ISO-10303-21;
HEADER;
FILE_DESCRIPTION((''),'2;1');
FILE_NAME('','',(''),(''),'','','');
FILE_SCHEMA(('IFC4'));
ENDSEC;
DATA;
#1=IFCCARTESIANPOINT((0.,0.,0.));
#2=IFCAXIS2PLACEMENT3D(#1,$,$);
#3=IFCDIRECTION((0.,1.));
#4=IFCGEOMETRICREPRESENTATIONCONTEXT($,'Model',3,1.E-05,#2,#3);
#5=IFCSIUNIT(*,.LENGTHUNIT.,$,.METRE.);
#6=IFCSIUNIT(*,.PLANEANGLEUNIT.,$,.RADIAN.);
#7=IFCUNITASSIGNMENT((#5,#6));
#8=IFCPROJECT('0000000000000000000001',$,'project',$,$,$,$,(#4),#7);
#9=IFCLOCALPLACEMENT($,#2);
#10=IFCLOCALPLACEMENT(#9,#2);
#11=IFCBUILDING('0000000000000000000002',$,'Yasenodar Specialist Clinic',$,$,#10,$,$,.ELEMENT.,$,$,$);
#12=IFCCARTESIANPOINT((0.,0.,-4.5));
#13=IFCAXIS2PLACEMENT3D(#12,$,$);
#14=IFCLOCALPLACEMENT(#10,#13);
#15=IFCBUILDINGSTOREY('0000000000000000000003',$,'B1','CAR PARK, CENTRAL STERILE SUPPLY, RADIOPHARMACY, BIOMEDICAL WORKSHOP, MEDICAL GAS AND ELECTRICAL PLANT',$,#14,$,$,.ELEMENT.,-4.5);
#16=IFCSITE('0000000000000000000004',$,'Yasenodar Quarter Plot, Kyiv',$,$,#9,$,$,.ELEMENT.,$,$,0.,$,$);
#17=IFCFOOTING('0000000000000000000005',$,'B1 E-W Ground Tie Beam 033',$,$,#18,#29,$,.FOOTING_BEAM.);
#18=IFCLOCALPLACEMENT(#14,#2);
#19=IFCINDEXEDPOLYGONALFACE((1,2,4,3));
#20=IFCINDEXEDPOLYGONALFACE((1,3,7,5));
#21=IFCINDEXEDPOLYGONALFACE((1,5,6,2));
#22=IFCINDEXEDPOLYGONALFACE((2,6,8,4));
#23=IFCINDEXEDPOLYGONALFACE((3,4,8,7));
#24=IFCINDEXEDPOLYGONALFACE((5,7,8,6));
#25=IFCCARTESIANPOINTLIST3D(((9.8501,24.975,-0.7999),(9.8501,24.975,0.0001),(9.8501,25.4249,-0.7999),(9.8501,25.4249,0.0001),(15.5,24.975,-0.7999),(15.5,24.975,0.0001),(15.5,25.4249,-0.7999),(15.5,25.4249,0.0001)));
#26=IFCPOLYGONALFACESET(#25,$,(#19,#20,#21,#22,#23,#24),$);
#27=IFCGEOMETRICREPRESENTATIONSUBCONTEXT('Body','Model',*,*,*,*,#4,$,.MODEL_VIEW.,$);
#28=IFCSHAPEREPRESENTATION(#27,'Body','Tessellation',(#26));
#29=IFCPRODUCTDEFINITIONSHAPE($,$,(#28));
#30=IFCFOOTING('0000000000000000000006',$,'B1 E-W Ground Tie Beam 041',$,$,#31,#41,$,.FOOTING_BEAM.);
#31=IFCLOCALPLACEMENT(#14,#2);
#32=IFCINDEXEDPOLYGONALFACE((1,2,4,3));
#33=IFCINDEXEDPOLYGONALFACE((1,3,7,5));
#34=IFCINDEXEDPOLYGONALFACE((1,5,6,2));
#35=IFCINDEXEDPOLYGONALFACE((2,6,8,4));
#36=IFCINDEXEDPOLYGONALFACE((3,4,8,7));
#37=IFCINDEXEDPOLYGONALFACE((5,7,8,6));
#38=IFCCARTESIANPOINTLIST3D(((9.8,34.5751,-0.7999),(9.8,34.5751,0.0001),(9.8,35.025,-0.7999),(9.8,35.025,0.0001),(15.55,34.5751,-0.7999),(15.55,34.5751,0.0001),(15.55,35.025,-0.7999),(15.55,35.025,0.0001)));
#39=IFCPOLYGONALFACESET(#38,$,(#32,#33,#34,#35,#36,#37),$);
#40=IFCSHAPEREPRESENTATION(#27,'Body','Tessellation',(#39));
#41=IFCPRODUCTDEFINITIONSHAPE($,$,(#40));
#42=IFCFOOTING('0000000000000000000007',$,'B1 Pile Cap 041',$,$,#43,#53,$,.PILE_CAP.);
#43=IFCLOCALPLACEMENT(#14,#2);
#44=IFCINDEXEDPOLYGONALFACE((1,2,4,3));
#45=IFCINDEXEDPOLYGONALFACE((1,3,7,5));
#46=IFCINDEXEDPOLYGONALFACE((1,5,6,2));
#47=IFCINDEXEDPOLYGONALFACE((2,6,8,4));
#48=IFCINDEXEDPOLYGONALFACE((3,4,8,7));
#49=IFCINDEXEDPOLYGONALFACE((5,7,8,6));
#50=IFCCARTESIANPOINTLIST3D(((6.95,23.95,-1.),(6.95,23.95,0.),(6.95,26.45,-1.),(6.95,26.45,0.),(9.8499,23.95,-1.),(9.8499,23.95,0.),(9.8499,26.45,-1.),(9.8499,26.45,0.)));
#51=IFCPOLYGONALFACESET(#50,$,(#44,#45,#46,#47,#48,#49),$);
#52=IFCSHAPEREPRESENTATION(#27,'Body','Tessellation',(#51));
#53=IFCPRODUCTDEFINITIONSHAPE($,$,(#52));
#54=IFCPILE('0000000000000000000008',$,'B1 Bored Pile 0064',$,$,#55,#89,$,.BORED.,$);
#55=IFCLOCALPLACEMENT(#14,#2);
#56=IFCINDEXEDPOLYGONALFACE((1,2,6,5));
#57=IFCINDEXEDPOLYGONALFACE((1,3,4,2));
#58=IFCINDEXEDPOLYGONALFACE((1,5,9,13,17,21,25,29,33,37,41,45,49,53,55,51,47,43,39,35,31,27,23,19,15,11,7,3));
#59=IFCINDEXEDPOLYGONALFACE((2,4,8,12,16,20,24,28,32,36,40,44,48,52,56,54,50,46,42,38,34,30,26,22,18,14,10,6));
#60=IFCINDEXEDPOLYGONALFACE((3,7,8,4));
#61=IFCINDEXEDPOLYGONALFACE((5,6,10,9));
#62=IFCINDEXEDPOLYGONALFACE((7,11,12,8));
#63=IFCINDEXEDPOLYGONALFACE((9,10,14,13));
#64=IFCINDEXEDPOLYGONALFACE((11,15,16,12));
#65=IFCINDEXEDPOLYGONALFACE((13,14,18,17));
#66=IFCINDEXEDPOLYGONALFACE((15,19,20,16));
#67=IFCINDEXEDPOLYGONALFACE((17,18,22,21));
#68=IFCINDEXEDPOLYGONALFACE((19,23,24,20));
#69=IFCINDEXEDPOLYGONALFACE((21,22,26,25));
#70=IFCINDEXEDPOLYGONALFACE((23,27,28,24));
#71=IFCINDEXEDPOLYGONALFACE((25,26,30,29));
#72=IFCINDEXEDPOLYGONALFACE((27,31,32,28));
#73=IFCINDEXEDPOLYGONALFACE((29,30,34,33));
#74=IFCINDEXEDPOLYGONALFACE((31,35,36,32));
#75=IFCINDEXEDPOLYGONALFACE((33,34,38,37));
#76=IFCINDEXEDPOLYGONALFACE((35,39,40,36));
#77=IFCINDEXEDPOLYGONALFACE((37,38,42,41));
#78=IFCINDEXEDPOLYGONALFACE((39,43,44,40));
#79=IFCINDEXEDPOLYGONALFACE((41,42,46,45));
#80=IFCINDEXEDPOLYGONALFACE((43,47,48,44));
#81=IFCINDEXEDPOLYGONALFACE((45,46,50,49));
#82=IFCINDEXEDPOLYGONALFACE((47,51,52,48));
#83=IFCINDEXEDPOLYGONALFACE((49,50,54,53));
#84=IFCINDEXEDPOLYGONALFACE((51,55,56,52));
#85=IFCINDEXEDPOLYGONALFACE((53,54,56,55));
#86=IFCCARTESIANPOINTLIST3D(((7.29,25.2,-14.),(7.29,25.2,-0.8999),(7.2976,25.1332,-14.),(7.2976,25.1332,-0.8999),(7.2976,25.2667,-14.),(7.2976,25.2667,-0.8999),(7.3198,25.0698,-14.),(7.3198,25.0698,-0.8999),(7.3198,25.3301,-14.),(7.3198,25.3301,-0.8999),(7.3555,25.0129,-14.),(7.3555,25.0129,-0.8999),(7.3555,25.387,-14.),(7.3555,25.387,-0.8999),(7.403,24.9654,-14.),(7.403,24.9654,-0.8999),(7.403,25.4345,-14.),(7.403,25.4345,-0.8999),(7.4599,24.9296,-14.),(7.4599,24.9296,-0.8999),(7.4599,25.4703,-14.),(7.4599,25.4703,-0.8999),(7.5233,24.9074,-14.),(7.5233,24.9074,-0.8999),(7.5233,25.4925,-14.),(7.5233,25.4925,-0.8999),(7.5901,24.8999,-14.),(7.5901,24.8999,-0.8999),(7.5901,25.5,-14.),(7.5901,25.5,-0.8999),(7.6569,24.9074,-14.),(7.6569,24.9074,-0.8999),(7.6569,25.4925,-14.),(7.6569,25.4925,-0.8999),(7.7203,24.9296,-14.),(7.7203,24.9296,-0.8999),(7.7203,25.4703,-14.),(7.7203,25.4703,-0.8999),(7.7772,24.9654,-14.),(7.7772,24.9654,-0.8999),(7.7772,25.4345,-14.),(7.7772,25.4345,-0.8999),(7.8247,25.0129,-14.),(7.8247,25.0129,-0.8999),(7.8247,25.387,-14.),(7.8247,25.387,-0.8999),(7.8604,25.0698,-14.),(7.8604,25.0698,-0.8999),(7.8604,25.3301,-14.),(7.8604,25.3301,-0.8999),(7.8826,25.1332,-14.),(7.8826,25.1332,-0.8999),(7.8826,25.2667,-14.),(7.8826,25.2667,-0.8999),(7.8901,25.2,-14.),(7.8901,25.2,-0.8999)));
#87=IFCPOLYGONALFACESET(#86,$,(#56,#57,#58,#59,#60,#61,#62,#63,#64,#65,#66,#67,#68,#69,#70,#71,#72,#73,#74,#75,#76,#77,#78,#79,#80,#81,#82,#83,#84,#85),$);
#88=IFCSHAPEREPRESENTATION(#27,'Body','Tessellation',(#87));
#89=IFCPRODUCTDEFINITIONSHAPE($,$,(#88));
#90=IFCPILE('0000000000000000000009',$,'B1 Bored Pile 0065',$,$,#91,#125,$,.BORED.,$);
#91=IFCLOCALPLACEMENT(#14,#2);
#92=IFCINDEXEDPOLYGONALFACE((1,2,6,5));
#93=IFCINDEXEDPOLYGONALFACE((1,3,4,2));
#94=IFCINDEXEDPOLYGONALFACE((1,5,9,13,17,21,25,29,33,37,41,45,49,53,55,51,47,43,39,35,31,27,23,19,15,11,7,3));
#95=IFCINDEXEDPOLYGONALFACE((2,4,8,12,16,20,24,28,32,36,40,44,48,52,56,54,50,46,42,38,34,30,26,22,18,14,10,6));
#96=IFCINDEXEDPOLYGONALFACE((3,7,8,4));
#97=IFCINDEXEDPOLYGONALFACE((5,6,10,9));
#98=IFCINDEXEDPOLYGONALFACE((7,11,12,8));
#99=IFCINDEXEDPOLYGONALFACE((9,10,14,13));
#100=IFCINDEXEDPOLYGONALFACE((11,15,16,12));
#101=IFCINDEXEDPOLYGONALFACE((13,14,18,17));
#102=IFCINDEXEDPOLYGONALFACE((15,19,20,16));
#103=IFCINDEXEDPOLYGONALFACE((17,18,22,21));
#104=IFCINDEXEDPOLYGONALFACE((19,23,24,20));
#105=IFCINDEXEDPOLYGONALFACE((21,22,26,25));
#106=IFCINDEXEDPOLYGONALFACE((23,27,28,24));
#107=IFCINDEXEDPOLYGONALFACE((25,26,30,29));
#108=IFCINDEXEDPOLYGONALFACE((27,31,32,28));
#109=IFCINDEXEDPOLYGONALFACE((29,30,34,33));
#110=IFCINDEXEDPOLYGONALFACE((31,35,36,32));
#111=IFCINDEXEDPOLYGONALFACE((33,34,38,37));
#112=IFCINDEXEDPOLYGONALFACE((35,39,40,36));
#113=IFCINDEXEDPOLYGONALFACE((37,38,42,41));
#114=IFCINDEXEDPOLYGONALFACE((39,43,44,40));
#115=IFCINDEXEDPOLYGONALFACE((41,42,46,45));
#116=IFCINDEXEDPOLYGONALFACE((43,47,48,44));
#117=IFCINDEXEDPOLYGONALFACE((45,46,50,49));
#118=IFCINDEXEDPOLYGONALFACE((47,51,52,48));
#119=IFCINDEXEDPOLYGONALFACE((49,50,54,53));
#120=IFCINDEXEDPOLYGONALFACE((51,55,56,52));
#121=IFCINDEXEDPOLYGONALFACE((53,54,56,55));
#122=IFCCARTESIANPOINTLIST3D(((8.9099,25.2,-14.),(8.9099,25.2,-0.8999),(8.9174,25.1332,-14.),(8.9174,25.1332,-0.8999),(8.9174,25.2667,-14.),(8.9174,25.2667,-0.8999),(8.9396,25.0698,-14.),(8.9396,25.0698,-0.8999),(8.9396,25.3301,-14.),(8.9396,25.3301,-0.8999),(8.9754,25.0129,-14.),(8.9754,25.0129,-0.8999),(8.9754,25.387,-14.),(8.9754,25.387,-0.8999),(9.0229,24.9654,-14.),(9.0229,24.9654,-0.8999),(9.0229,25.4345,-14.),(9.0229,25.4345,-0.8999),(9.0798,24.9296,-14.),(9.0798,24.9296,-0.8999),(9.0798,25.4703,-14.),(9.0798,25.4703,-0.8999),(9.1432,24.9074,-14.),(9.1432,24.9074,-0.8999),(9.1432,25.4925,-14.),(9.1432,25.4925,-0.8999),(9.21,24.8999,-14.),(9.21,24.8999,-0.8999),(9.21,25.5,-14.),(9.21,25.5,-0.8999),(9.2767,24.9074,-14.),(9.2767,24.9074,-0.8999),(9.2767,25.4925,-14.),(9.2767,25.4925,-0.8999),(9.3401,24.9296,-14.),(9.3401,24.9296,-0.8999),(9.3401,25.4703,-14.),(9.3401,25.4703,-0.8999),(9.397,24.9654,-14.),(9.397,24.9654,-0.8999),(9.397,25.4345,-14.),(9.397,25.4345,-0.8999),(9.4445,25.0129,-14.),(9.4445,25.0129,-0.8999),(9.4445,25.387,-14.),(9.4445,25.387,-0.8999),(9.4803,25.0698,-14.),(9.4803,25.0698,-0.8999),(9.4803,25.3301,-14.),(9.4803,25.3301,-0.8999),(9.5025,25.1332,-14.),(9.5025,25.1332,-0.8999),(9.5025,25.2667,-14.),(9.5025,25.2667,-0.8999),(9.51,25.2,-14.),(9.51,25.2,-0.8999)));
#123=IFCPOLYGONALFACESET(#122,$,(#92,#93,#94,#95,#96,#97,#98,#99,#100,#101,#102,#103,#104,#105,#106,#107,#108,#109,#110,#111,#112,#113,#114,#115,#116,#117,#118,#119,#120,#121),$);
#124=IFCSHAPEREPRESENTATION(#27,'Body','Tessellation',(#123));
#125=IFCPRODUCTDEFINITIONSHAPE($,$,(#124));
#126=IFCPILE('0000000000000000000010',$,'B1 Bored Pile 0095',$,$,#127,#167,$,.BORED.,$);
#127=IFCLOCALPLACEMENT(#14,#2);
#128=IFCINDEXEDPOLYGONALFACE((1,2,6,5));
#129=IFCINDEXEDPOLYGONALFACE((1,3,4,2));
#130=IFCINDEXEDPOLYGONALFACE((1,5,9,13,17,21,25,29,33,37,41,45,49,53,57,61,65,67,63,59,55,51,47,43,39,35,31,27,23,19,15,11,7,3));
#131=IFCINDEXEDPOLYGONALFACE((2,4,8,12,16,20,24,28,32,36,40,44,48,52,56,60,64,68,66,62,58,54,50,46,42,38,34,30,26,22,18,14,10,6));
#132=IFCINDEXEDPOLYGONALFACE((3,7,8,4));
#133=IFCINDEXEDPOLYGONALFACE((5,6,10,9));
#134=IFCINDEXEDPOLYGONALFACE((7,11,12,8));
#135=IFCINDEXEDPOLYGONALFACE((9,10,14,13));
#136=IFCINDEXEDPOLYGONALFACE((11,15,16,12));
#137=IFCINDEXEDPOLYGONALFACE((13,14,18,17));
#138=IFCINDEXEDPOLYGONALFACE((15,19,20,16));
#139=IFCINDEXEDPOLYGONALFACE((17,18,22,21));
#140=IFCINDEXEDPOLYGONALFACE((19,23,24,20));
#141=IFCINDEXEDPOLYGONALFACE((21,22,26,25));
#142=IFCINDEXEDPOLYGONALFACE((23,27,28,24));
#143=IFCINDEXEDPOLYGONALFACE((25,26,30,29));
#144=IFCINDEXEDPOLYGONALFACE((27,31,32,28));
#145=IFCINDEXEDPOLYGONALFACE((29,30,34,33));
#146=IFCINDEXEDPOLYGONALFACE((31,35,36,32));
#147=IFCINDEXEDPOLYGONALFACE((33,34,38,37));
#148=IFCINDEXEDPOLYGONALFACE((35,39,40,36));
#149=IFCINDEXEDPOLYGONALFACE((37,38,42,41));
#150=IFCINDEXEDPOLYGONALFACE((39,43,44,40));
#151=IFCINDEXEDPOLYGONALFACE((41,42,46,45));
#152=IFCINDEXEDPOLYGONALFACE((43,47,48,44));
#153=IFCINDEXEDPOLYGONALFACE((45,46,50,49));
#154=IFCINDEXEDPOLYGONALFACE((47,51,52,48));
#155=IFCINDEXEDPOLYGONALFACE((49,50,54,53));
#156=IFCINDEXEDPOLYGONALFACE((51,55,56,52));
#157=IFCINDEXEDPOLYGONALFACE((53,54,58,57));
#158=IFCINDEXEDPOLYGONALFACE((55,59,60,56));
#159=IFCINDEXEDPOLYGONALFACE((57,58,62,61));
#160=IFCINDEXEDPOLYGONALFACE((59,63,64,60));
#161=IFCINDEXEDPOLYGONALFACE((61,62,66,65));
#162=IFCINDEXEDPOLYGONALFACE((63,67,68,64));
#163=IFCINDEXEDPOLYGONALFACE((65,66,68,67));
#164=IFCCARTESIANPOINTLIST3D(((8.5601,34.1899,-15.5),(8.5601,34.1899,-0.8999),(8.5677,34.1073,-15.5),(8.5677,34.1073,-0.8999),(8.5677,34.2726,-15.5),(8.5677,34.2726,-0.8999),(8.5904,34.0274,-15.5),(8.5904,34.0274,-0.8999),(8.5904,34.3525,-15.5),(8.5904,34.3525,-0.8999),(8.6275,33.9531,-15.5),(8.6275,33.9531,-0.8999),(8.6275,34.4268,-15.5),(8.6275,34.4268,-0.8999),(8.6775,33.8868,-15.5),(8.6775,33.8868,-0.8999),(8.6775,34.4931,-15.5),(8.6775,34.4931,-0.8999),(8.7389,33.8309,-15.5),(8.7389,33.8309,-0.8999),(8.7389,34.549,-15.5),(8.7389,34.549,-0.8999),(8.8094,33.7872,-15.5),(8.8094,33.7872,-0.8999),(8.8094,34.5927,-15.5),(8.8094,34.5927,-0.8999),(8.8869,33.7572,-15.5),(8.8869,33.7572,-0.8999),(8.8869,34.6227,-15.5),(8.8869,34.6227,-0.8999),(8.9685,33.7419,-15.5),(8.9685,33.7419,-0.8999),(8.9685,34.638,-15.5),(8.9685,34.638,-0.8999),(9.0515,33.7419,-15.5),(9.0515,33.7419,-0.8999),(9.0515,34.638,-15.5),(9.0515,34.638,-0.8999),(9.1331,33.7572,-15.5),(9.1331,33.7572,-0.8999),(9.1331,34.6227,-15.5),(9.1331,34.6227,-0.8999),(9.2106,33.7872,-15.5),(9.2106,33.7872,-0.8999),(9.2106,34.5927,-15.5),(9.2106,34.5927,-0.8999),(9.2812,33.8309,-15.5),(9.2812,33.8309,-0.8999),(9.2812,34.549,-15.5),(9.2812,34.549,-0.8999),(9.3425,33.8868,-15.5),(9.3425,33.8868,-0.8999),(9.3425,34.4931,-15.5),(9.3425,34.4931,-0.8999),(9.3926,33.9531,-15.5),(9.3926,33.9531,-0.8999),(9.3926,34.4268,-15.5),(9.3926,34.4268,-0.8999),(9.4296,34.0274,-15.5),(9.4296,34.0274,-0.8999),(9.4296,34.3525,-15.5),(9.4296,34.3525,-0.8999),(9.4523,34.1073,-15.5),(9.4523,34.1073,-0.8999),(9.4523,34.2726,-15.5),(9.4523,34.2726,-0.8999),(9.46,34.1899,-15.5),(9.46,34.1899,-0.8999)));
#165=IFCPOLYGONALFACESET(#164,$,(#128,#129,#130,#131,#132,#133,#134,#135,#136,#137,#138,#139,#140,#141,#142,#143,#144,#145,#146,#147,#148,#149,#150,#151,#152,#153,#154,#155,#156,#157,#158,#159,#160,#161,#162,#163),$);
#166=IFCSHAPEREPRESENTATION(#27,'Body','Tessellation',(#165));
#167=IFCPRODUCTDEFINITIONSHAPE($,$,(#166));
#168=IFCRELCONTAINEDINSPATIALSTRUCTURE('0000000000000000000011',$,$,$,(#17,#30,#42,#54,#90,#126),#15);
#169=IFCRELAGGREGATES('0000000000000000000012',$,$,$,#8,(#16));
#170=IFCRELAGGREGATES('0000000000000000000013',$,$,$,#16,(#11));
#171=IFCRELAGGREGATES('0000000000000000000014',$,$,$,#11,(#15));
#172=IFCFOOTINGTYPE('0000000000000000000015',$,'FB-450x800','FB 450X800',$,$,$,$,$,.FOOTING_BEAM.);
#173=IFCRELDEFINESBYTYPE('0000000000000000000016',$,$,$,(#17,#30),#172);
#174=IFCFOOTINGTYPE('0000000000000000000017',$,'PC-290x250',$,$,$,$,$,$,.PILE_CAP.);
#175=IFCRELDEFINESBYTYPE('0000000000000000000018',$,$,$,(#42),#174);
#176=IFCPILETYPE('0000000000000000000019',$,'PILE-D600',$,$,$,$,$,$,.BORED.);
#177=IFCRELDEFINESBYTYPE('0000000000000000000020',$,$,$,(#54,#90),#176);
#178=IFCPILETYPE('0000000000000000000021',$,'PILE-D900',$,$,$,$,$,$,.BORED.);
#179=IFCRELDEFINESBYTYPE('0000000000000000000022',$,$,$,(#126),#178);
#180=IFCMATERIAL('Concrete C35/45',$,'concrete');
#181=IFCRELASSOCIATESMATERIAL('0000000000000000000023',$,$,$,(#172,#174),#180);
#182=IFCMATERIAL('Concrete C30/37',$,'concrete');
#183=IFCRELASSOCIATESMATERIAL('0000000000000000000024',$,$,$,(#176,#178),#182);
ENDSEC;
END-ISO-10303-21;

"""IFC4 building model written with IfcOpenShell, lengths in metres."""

from ifc_helpers import new_model, si_unit, direction, frame, origin, origin_2d, place, context, subcontext, project, spatial, rectangle, circle, extrude, material, material_profile, profile_set, type_object, element, save


model = new_model("IFC4")

# Units and contexts
model_context = context("Model", 3, precision=1e-05, world=origin(), true_north=direction((0.0, 1.0)))
body_context = subcontext(model_context, "Body", "Model", "MODEL_VIEW")
ifc_project = project(units=[si_unit("LENGTHUNIT", "METRE"), si_unit("PLANEANGLEUNIT", "RADIAN")], contexts=[model_context])

# Site, building, storey
site_placement = place(None, origin())
site = spatial("IfcSite", under=ifc_project, at=site_placement, Name="Yasenodar Quarter Plot, Kyiv", CompositionType="ELEMENT", RefElevation=0.0)
building_placement = place(site_placement, origin())
building = spatial("IfcBuilding", under=site, at=building_placement, Name="Yasenodar Specialist Clinic", CompositionType="ELEMENT")
storey_placement = place(building_placement, frame((0.0, 0.0, -4.5)))
storey = spatial("IfcBuildingStorey", under=building, at=storey_placement, Name="B1", Description="CAR PARK, CENTRAL STERILE SUPPLY, RADIOPHARMACY, BIOMEDICAL WORKSHOP, MEDICAL GAS AND ELECTRICAL PLANT", CompositionType="ELEMENT", Elevation=-4.5)

# Footings
ifc_material_1 = material(Name="Concrete C35/45", Category="concrete")
ifc_material_profile_1 = material_profile(ifc_material_1, rectangle(XDim=0.45, YDim=0.8, at=origin_2d()), Name="RC 450x800")
ifc_profile_set_1 = profile_set([ifc_material_profile_1], Name="Concrete C35/45")
footing_type_1 = type_object("IfcFootingType", Name="FB-450x800", Description="FB 450X800", PredefinedType="FOOTING_BEAM", material=ifc_profile_set_1)
footing_1_placement = place(storey_placement, frame((9.8501, 25.2, -0.3999), z_axis=(1.0, 0.0, 0.0), x_axis=(0.0, 1.0, 0.0)))
element("IfcFooting", 1, at=footing_1_placement, inside=storey, type_object=footing_type_1, Name="B1 E-W Ground Tie Beam 033", PredefinedType="FOOTING_BEAM", context=body_context, shape_type="SweptSolid", body=[
    extrude(rectangle(XDim=0.45, YDim=0.8, at=origin_2d()), origin(), (0.0, 0.0, 1.0), 5.6499),
])
footing_2_placement = place(storey_placement, frame((9.8, 34.8, -0.3999), z_axis=(1.0, 0.0, 0.0), x_axis=(0.0, 1.0, 0.0)))
element("IfcFooting", 2, at=footing_2_placement, inside=storey, type_object=footing_type_1, Name="B1 E-W Ground Tie Beam 041", PredefinedType="FOOTING_BEAM", context=body_context, shape_type="SweptSolid", body=[
    extrude(rectangle(XDim=0.45, YDim=0.8, at=origin_2d()), origin(), (0.0, 0.0, 1.0), 5.75),
])
footing_type_2 = type_object("IfcFootingType", Name="PC-290x250", PredefinedType="PILE_CAP", material=ifc_material_1)
footing_3_placement = place(storey_placement, frame((8.3999, 25.2, -1.0), z_axis=(0.0, 0.0, 1.0), x_axis=(1.0, 0.0, 0.0)))
element("IfcFooting", 3, at=footing_3_placement, inside=storey, type_object=footing_type_2, Name="B1 Pile Cap 041", PredefinedType="PILE_CAP", context=body_context, shape_type="SweptSolid", body=[
    extrude(rectangle(XDim=2.8999, YDim=2.5, at=origin_2d()), origin(), (0.0, 0.0, 1.0), 1.0),
])

# Piles
ifc_material_2 = material(Name="Concrete C30/37", Category="concrete")
ifc_material_profile_2 = material_profile(ifc_material_2, circle(Radius=0.3, at=origin_2d()), Name="PILE D600")
ifc_profile_set_2 = profile_set([ifc_material_profile_2], Name="Concrete C30/37")
pile_type_1 = type_object("IfcPileType", Name="PILE-D600", PredefinedType="BORED", material=ifc_profile_set_2)
for number, where, z_axis, x_axis, name in (
    (4, (7.5901, 25.2, -0.8999), (0.0, 0.0, -1.0), (1.0, 0.0, 0.0), "B1 Bored Pile 0064"),
    (5, (9.21, 25.2, -0.8999), (0.0, 0.0, -1.0), (1.0, 0.0, 0.0), "B1 Bored Pile 0065"),
):
    element("IfcPile", number, at=place(storey_placement, frame(where, z_axis=z_axis, x_axis=x_axis)), inside=storey, type_object=pile_type_1, Name=name, PredefinedType="BORED", context=body_context, shape_type="SweptSolid", body=[
        extrude(circle(Radius=0.3, at=origin_2d()), origin(), (0.0, 0.0, 1.0), 13.1001),
    ])
ifc_material_profile_3 = material_profile(ifc_material_2, circle(Radius=0.45, at=origin_2d()), Name="PILE D900")
ifc_profile_set_3 = profile_set([ifc_material_profile_3], Name="Concrete C30/37")
pile_type_2 = type_object("IfcPileType", Name="PILE-D900", PredefinedType="BORED", material=ifc_profile_set_3)
for number, where, z_axis, x_axis, name in (
    (6, (9.01, 34.1899, -0.8999), (0.0, 0.0, -1.0), (1.0, 0.0, 0.0), "B1 Bored Pile 0095"),
):
    element("IfcPile", number, at=place(storey_placement, frame(where, z_axis=z_axis, x_axis=x_axis)), inside=storey, type_object=pile_type_2, Name=name, PredefinedType="BORED", context=body_context, shape_type="SweptSolid", body=[
        extrude(circle(Radius=0.45, at=origin_2d()), origin(), (0.0, 0.0, 1.0), 14.6001),
    ])

save(model, "model.ifc")
